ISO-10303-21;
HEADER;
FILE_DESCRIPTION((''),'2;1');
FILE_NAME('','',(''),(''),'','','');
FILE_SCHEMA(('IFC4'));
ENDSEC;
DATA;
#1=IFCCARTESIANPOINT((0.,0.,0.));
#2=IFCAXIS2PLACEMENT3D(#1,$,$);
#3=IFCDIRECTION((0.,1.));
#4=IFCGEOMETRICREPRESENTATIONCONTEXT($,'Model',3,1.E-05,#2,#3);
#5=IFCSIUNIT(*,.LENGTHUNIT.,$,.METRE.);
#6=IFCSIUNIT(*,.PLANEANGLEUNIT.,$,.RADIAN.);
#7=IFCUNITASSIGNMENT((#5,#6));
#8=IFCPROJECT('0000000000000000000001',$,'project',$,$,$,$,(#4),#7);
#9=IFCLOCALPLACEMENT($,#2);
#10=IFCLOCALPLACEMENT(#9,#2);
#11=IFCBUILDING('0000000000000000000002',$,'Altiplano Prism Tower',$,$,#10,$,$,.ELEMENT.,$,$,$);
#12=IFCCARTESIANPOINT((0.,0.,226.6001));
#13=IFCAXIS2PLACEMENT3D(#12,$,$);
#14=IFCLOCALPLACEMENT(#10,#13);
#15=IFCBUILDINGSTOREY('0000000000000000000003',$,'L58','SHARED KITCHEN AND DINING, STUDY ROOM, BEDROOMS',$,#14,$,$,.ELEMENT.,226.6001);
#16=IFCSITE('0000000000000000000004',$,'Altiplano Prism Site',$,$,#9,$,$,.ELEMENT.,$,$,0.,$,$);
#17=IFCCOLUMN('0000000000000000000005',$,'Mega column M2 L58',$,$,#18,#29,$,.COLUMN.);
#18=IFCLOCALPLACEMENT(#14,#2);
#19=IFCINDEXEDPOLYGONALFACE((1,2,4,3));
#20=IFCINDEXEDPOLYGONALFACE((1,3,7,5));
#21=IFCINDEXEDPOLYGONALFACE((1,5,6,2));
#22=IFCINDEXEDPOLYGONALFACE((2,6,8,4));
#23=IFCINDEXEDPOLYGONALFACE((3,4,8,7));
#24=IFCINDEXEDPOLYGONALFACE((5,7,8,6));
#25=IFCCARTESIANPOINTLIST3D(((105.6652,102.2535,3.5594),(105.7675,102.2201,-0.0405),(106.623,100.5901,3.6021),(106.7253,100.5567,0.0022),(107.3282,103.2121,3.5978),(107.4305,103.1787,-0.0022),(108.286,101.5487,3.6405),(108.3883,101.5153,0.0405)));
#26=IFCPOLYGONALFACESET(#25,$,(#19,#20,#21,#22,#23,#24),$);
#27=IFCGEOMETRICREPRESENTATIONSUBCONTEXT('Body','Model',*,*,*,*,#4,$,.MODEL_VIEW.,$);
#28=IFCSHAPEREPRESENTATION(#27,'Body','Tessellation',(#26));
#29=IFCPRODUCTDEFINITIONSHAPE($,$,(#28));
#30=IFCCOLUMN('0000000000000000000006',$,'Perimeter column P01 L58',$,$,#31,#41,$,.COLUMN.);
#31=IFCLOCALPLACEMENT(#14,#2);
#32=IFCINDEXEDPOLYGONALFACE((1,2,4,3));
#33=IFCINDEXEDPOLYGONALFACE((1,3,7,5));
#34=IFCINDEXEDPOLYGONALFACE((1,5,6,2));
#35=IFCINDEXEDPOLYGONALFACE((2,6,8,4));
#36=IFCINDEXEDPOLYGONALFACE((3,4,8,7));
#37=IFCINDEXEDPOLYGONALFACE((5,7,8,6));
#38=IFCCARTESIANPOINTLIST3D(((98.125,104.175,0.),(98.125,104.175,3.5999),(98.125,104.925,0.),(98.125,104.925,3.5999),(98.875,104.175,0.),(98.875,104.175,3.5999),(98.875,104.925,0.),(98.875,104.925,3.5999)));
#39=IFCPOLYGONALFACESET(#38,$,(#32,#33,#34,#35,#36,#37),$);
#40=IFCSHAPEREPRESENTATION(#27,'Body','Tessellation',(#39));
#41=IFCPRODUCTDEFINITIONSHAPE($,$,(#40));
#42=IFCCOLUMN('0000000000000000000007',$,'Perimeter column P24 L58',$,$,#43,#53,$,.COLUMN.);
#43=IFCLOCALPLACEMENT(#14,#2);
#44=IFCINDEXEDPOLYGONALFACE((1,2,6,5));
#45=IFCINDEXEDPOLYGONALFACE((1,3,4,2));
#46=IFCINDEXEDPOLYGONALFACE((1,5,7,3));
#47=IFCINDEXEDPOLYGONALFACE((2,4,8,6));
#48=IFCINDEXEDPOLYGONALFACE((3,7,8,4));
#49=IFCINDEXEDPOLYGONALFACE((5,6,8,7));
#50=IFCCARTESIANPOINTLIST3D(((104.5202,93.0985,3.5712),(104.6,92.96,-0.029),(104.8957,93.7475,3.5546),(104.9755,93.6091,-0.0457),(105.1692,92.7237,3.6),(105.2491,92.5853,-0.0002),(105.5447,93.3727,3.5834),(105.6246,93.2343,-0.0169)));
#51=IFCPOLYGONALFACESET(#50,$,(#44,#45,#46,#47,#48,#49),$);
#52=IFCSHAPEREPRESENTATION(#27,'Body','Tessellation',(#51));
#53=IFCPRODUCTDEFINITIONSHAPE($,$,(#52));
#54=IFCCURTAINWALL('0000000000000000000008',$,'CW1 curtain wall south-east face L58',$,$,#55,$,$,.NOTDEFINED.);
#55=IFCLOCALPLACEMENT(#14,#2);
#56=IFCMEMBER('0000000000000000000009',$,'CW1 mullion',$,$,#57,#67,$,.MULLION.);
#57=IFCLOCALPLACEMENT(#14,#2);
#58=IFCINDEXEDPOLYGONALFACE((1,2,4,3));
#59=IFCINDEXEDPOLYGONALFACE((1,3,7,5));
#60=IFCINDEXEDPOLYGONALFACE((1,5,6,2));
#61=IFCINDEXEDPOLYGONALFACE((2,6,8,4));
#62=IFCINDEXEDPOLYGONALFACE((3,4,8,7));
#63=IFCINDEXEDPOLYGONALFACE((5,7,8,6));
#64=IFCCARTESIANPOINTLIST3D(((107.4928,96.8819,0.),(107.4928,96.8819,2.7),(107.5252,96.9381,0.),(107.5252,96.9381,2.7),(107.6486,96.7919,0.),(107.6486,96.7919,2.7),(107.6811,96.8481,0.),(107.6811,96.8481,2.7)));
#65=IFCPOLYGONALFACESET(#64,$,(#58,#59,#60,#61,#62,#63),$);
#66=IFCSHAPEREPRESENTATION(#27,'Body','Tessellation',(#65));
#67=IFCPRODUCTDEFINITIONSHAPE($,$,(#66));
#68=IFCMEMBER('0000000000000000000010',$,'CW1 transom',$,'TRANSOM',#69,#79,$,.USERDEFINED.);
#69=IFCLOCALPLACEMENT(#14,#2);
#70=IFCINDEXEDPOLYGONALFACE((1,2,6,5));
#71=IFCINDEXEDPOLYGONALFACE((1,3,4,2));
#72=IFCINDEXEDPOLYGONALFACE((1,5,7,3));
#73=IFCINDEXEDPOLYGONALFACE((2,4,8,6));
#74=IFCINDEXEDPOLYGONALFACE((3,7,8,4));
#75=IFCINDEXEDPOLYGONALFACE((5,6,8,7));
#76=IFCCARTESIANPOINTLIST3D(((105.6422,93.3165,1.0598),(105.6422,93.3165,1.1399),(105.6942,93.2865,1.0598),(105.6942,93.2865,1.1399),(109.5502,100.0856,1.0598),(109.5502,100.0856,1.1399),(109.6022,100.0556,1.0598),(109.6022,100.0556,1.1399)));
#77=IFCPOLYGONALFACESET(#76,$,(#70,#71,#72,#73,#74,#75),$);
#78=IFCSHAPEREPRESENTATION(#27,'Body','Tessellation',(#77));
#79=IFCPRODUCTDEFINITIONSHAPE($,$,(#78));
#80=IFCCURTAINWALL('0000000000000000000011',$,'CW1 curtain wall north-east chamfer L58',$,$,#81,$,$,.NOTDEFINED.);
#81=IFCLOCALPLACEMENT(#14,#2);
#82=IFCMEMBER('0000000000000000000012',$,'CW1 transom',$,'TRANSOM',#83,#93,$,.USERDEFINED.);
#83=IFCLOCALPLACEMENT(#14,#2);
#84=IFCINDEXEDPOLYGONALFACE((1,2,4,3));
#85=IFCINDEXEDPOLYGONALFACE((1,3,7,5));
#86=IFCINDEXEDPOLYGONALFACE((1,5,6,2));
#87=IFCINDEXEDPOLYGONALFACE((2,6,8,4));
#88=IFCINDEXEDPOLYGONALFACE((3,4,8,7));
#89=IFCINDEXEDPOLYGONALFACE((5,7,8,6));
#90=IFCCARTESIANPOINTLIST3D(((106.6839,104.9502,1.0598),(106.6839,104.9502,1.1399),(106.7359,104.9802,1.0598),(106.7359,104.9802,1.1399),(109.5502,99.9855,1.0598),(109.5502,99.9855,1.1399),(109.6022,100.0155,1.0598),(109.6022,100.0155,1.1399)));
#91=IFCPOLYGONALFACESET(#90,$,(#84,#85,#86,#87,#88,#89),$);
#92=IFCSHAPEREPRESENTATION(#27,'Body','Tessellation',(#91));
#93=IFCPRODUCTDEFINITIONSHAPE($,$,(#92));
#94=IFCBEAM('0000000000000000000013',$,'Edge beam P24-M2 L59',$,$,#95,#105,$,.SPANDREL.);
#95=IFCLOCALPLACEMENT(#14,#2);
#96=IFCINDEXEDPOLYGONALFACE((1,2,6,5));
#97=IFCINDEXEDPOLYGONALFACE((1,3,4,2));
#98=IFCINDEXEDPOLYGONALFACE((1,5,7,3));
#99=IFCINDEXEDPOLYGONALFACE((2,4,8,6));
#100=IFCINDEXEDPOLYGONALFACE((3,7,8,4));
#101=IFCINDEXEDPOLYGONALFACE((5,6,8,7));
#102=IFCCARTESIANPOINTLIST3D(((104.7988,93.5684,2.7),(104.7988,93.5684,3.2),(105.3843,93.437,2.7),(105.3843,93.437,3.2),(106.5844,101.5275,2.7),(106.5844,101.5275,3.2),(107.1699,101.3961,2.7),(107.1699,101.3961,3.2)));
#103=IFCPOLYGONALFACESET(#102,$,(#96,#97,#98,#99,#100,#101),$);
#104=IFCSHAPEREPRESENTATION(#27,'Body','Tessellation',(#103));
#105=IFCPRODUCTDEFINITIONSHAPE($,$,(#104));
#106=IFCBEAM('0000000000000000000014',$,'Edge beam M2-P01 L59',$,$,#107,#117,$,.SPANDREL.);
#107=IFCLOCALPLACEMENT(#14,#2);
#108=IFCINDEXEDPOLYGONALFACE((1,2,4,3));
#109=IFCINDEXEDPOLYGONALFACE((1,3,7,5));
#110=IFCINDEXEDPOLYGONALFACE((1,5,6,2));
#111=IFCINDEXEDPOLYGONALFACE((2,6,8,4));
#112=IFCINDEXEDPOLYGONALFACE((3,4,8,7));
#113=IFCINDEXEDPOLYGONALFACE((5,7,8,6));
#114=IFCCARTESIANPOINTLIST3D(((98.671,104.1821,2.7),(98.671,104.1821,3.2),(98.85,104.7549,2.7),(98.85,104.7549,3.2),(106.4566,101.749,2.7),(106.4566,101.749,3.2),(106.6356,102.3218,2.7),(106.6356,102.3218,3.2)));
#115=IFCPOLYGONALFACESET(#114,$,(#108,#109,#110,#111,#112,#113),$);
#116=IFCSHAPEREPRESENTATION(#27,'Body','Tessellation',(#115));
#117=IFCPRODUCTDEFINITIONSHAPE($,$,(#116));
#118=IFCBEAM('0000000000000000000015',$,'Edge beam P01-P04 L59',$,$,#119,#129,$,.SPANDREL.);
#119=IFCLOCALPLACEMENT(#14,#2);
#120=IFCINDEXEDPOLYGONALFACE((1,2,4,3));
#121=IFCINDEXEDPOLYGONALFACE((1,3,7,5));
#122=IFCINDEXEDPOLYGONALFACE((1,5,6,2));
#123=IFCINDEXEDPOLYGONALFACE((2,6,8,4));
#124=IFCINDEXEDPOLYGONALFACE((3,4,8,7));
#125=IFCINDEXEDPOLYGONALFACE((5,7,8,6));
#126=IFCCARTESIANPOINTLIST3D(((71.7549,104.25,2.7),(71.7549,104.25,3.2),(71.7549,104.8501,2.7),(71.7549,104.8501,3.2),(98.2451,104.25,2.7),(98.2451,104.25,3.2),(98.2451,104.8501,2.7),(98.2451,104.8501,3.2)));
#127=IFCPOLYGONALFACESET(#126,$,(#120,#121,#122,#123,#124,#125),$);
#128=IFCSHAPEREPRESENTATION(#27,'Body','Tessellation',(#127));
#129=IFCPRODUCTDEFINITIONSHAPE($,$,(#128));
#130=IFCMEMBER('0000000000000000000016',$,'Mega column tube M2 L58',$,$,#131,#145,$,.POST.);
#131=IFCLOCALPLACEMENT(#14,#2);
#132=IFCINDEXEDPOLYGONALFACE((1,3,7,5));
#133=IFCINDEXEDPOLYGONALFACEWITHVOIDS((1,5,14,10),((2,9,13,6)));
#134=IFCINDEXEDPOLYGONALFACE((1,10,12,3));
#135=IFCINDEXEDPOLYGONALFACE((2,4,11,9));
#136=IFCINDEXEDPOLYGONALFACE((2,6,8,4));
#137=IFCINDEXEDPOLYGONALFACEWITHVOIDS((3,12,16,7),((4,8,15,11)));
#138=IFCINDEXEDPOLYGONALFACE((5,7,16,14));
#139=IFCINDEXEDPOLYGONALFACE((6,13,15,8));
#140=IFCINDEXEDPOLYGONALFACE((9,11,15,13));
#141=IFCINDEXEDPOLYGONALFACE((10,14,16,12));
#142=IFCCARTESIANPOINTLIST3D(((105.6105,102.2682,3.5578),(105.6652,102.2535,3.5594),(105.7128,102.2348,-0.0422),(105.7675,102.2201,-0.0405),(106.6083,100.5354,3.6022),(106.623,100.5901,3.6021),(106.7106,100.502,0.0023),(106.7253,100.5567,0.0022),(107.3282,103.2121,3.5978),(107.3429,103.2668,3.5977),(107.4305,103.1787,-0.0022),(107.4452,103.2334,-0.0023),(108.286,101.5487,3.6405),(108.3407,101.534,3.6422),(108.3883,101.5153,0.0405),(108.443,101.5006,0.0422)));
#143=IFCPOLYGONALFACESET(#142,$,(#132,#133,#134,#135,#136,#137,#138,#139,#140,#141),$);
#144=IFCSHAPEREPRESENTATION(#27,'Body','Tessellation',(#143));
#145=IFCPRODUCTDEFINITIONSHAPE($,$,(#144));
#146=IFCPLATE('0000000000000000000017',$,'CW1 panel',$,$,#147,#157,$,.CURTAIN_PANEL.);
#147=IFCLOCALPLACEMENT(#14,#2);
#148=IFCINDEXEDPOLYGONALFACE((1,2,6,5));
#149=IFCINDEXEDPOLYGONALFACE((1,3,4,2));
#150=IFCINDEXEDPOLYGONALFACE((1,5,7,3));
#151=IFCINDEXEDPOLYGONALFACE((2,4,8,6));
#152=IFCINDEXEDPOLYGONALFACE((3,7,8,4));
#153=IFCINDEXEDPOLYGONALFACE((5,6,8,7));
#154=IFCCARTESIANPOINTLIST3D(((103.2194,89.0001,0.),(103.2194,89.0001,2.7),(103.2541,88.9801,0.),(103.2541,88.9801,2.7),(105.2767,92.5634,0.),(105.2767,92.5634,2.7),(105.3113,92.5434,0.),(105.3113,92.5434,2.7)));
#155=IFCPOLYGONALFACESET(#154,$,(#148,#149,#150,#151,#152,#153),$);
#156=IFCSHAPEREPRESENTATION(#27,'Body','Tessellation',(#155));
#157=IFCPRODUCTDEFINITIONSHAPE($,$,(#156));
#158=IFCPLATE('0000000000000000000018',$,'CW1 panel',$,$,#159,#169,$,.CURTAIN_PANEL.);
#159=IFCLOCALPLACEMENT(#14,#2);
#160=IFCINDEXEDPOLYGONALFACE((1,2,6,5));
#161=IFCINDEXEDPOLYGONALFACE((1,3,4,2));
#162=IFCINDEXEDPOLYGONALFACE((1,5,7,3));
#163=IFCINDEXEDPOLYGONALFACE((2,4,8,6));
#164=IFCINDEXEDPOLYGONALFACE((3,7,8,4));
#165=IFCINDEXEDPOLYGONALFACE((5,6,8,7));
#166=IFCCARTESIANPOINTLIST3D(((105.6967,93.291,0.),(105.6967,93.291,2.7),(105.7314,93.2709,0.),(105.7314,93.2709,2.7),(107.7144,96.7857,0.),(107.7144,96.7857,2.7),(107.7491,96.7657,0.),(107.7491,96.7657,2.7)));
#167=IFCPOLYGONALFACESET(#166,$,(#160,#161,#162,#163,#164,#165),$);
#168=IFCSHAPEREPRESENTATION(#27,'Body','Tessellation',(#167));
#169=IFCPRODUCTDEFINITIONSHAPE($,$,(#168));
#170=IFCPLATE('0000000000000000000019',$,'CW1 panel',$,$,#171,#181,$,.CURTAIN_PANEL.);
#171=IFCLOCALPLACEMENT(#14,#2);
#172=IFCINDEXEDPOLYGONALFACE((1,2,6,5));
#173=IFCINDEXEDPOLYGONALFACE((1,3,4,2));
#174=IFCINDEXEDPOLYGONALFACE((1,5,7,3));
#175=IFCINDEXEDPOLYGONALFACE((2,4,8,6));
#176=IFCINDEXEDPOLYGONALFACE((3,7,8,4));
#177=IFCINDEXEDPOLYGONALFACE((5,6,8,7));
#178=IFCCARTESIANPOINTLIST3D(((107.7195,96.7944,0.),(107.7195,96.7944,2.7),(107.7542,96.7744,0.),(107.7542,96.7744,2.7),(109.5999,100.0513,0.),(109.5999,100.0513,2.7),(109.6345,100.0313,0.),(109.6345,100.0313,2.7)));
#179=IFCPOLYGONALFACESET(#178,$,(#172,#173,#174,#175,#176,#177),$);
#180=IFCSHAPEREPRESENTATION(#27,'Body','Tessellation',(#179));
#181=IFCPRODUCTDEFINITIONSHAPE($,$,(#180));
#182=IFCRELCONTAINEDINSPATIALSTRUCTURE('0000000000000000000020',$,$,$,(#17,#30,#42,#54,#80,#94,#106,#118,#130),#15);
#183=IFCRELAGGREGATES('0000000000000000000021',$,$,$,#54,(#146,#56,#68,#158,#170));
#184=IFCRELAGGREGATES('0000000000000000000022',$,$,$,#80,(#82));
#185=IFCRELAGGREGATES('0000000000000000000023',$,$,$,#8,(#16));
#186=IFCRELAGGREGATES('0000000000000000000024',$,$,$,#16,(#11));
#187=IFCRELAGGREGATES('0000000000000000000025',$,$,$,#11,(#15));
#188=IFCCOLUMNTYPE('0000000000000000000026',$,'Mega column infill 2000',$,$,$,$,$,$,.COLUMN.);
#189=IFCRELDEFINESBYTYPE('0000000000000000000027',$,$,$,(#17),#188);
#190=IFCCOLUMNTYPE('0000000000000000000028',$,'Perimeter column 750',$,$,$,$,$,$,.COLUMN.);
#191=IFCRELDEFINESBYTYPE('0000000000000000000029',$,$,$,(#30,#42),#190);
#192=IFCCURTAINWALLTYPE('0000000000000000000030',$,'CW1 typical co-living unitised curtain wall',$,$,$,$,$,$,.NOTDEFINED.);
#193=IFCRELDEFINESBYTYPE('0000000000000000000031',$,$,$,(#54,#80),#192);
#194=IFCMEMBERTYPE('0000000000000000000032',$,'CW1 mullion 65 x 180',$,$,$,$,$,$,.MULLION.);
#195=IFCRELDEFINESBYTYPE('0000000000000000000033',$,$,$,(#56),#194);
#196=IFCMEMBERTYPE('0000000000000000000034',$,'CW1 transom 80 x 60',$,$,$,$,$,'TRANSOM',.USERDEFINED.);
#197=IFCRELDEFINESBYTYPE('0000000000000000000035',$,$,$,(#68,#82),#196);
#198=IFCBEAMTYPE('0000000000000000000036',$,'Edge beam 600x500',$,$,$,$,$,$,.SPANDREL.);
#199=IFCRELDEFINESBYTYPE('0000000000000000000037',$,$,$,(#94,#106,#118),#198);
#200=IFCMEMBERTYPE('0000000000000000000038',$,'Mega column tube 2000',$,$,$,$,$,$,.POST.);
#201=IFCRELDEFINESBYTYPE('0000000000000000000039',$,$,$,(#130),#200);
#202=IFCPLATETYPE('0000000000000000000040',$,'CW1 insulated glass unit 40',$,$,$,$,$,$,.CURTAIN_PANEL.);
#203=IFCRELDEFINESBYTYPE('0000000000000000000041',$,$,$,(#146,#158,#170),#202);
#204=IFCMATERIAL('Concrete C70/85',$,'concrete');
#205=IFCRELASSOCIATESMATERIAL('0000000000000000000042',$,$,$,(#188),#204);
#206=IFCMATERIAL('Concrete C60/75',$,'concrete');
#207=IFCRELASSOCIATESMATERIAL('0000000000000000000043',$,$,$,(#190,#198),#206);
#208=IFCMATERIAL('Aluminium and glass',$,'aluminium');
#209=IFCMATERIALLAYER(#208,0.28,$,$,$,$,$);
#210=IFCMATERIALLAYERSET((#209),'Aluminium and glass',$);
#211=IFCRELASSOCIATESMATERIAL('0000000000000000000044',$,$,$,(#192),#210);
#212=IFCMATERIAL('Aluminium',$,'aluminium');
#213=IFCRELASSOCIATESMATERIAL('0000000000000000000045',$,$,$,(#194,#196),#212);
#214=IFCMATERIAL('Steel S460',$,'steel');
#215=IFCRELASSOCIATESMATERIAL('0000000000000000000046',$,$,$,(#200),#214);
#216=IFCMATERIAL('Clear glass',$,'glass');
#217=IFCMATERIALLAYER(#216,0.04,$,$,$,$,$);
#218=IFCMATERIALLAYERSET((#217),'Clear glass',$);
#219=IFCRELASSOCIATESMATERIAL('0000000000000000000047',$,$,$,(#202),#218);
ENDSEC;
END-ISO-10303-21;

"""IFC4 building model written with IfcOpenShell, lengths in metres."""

from ifc_helpers import new_model, si_unit, direction, frame, origin, origin_2d, place, context, subcontext, project, spatial, rectangle, hollow_rectangle, extrude, material, layer, layer_set, material_profile, profile_set, type_object, element, aggregate, save


model = new_model("IFC4")

# Units and contexts
model_context = context("Model", 3, precision=1e-05, world=origin(), true_north=direction((0.0, 1.0)))
body_context = subcontext(model_context, "Body", "Model", "MODEL_VIEW")
ifc_project = project(units=[si_unit("LENGTHUNIT", "METRE"), si_unit("PLANEANGLEUNIT", "RADIAN")], contexts=[model_context])

# Site, building, storey
site_placement = place(None, origin())
site = spatial("IfcSite", under=ifc_project, at=site_placement, Name="Altiplano Prism Site", CompositionType="ELEMENT", RefElevation=0.0)
building_placement = place(site_placement, origin())
building = spatial("IfcBuilding", under=site, at=building_placement, Name="Altiplano Prism Tower", CompositionType="ELEMENT")
storey_placement = place(building_placement, frame((0.0, 0.0, 226.6001)))
storey = spatial("IfcBuildingStorey", under=building, at=storey_placement, Name="L58", Description="SHARED KITCHEN AND DINING, STUDY ROOM, BEDROOMS", CompositionType="ELEMENT", Elevation=226.6001)

# Columns
ifc_material_1 = material(Name="Concrete C70/85", Category="concrete")
ifc_material_profile_1 = material_profile(ifc_material_1, rectangle(XDim=1.9199, YDim=1.9199, at=origin_2d()), Name="Mega column infill 2000")
ifc_profile_set_1 = profile_set([ifc_material_profile_1], Name="Concrete C70/85")
column_type_1 = type_object("IfcColumnType", Name="Mega column infill 2000", PredefinedType="COLUMN", material=ifc_profile_set_1)
column_1_placement = place(storey_placement, frame((107.0779, 101.8677, 0.0), z_axis=(-0.028404, 0.009287, 0.999553), x_axis=(0.498884, -0.866384, 0.022226)))
element("IfcColumn", 1, at=column_1_placement, inside=storey, type_object=column_type_1, Name="Mega column M2 L58", PredefinedType="COLUMN", context=body_context, shape_type="SweptSolid", body=[
    extrude(rectangle(XDim=1.9199, YDim=1.9199, at=origin_2d()), origin(), (0.0, 0.0, 1.0), 3.6016),
])
ifc_material_2 = material(Name="Concrete C60/75", Category="concrete")
ifc_material_profile_2 = material_profile(ifc_material_2, rectangle(XDim=0.75, YDim=0.75, at=origin_2d()), Name="Perimeter column 750")
ifc_profile_set_2 = profile_set([ifc_material_profile_2], Name="Concrete C60/75")
column_type_2 = type_object("IfcColumnType", Name="Perimeter column 750", PredefinedType="COLUMN", material=ifc_profile_set_2)
column_2_placement = place(storey_placement, frame((98.5, 104.55, 0.0), z_axis=(0.0, 0.0, 1.0), x_axis=(1.0, 0.0, 0.0)))
element("IfcColumn", 2, at=column_2_placement, inside=storey, type_object=column_type_2, Name="Perimeter column P01 L58", PredefinedType="COLUMN", context=body_context, shape_type="SweptSolid", body=[
    extrude(rectangle(XDim=0.75, YDim=0.75, at=origin_2d()), origin(), (0.0, 0.0, 1.0), 3.5999),
])
column_3_placement = place(storey_placement, frame((105.1123, 93.0972, -0.0229), z_axis=(-0.022154, 0.038413, 0.999016), x_axis=(-0.500657, -0.865362, 0.022172)))
element("IfcColumn", 3, at=column_3_placement, inside=storey, type_object=column_type_2, Name="Perimeter column P24 L58", PredefinedType="COLUMN", context=body_context, shape_type="SweptSolid", body=[
    extrude(rectangle(XDim=0.75, YDim=0.75, at=origin_2d()), origin(), (0.0, 0.0, 1.0), 3.6038),
])

# Curtain wall, members
ifc_material_3 = material(Name="Aluminium and glass", Category="aluminium")
ifc_layer_1 = layer(ifc_material_3, 0.28)
ifc_layer_set_1 = layer_set([ifc_layer_1], Name="Aluminium and glass")
curtain_wall_type = type_object("IfcCurtainWallType", Name="CW1 typical co-living unitised curtain wall", PredefinedType="NOTDEFINED", material=ifc_layer_set_1)
curtain_wall_1_placement = place(storey_placement, origin())
curtain_wall_1 = element("IfcCurtainWall", 4, at=curtain_wall_1_placement, inside=storey, type_object=curtain_wall_type, Name="CW1 curtain wall south-east face L58", PredefinedType="NOTDEFINED")
ifc_material_4 = material(Name="Aluminium", Category="aluminium")
ifc_material_profile_3 = material_profile(ifc_material_4, rectangle(XDim=0.1799, YDim=0.0649, at=origin_2d()), Name="CW1 mullion 65 x 180")
ifc_profile_set_3 = profile_set([ifc_material_profile_3], Name="Aluminium")
member_type_1 = type_object("IfcMemberType", Name="CW1 mullion 65 x 180", PredefinedType="MULLION", material=ifc_profile_set_3)
member_1_placement = place(storey_placement, frame((107.5869, 96.865, 0.0), z_axis=(0.0, 0.0, 1.0), x_axis=(-0.866025, 0.5, 0.0)))
member_1 = element("IfcMember", 5, at=member_1_placement, type_object=member_type_1, Name="CW1 mullion", PredefinedType="MULLION", context=body_context, shape_type="SweptSolid", body=[
    extrude(rectangle(XDim=0.1799, YDim=0.0649, at=origin_2d()), origin(), (0.0, 0.0, 1.0), 2.7),
])
ifc_material_profile_4 = material_profile(ifc_material_4, rectangle(XDim=0.0601, YDim=0.0801, at=origin_2d()), Name="CW1 transom 80 x 60")
ifc_profile_set_4 = profile_set([ifc_material_profile_4], Name="Aluminium")
member_type_2 = type_object("IfcMemberType", Name="CW1 transom 80 x 60", ElementType="TRANSOM", PredefinedType="USERDEFINED", material=ifc_profile_set_4)
member_2_placement = place(storey_placement, frame((105.6682, 93.3015, 1.0999), z_axis=(0.499986, 0.866034, 0.0), x_axis=(-0.866034, 0.499986, 0.0)))
member_2 = element("IfcMember", 6, at=member_2_placement, type_object=member_type_2, Name="CW1 transom", ObjectType="TRANSOM", PredefinedType="USERDEFINED", context=body_context, shape_type="SweptSolid", body=[
    extrude(rectangle(XDim=0.0601, YDim=0.0801, at=origin_2d()), origin(), (0.0, 0.0, 1.0), 7.8162),
])

# Curtain wall, member
curtain_wall_2_placement = place(storey_placement, origin())
curtain_wall_2 = element("IfcCurtainWall", 7, at=curtain_wall_2_placement, inside=storey, type_object=curtain_wall_type, Name="CW1 curtain wall north-east chamfer L58", PredefinedType="NOTDEFINED")
member_3_placement = place(storey_placement, frame((109.5762, 100.0005, 1.0999), z_axis=(-0.499987, 0.866033, 0.0), x_axis=(-0.866033, -0.499987, 0.0)))
member_3 = element("IfcMember", 8, at=member_3_placement, type_object=member_type_2, Name="CW1 transom", ObjectType="TRANSOM", PredefinedType="USERDEFINED", context=body_context, shape_type="SweptSolid", body=[
    extrude(rectangle(XDim=0.0601, YDim=0.0801, at=origin_2d()), origin(), (0.0, 0.0, 1.0), 5.7327),
])

# Beams
ifc_material_profile_5 = material_profile(ifc_material_2, rectangle(XDim=0.6001, YDim=0.5, at=origin_2d()), Name="Edge beam 600x500")
ifc_profile_set_5 = profile_set([ifc_material_profile_5], Name="Concrete C60/75")
beam_type = type_object("IfcBeamType", Name="Edge beam 600x500", PredefinedType="SPANDREL", material=ifc_profile_set_5)
for number, where, z_axis, x_axis, name in (
    (9, (105.0916, 93.5027, 2.95), (0.218908, 0.975746, 0.0), (-0.975746, 0.218908, 0.0), "Edge beam P24-M2 L59"),
    (10, (106.5461, 102.0354, 2.95), (-0.954477, 0.298285, 0.0), (-0.298285, -0.954477, 0.0), "Edge beam M2-P01 L59"),
):
    element("IfcBeam", number, at=place(storey_placement, frame(where, z_axis=z_axis, x_axis=x_axis)), inside=storey, type_object=beam_type, Name=name, PredefinedType="SPANDREL", context=body_context, shape_type="SweptSolid", body=[
        extrude(rectangle(XDim=0.6001, YDim=0.5, at=origin_2d()), origin(), (0.0, 0.0, 1.0), 8.157),
    ])
beam_placement = place(storey_placement, frame((98.2451, 104.55, 2.95), z_axis=(-1.0, 0.0, 0.0), x_axis=(0.0, -1.0, 0.0)))
element("IfcBeam", 11, at=beam_placement, inside=storey, type_object=beam_type, Name="Edge beam P01-P04 L59", PredefinedType="SPANDREL", context=body_context, shape_type="SweptSolid", body=[
    extrude(rectangle(XDim=0.6001, YDim=0.5, at=origin_2d()), origin(), (0.0, 0.0, 1.0), 26.4902),
])

# Member
ifc_material_5 = material(Name="Steel S460", Category="steel")
ifc_material_profile_6 = material_profile(ifc_material_5, hollow_rectangle(XDim=2.0, YDim=2.0, WallThickness=0.04, at=origin_2d()), Name="Mega column tube 2000")
ifc_profile_set_6 = profile_set([ifc_material_profile_6], Name="Steel S460")
member_type_3 = type_object("IfcMemberType", Name="Mega column tube 2000", PredefinedType="POST", material=ifc_profile_set_6)
member_4_placement = place(storey_placement, frame((107.0779, 101.8677, 0.0), z_axis=(-0.028404, 0.009287, 0.999553), x_axis=(0.498884, -0.866384, 0.022226)))
element("IfcMember", 12, at=member_4_placement, inside=storey, type_object=member_type_3, Name="Mega column tube M2 L58", PredefinedType="POST", context=body_context, shape_type="SweptSolid", body=[
    extrude(hollow_rectangle(XDim=2.0, YDim=2.0, WallThickness=0.04, at=origin_2d()), origin(), (0.0, 0.0, 1.0), 3.6016),
])

# Plates
ifc_material_6 = material(Name="Clear glass", Category="glass")
ifc_layer_2 = layer(ifc_material_6, 0.04)
ifc_layer_set_2 = layer_set([ifc_layer_2], Name="Clear glass")
plate_type = type_object("IfcPlateType", Name="CW1 insulated glass unit 40", PredefinedType="CURTAIN_PANEL", material=ifc_layer_set_2)
plate_1_placement = place(storey_placement, frame((104.2654, 90.7717, 0.0), z_axis=(0.0, 0.0, 1.0), x_axis=(0.5, 0.866025, 0.0)))
plate_1 = element("IfcPlate", 13, at=plate_1_placement, type_object=plate_type, Name="CW1 panel", PredefinedType="CURTAIN_PANEL", context=body_context, shape_type="SweptSolid", body=[
    extrude(rectangle(XDim=4.1145, YDim=0.04, at=origin_2d()), origin(), (0.0, 0.0, 1.0), 2.7),
])
plate_2_placement = place(storey_placement, frame((106.7229, 95.0283, 0.0), z_axis=(0.0, 0.0, 1.0), x_axis=(0.5, 0.866025, 0.0)))
plate_2 = element("IfcPlate", 14, at=plate_2_placement, type_object=plate_type, Name="CW1 panel", PredefinedType="CURTAIN_PANEL", context=body_context, shape_type="SweptSolid", body=[
    extrude(rectangle(XDim=4.0354, YDim=0.04, at=origin_2d()), origin(), (0.0, 0.0, 1.0), 2.7),
])
plate_3_placement = place(storey_placement, frame((108.677, 98.4128, 0.0), z_axis=(0.0, 0.0, 1.0), x_axis=(0.5, 0.866025, 0.0)))
plate_3 = element("IfcPlate", 15, at=plate_3_placement, type_object=plate_type, Name="CW1 panel", PredefinedType="CURTAIN_PANEL", context=body_context, shape_type="SweptSolid", body=[
    extrude(rectangle(XDim=3.7607, YDim=0.04, at=origin_2d()), origin(), (0.0, 0.0, 1.0), 2.7),
])
aggregate(curtain_wall_1, [plate_1, member_1, member_2, plate_2, plate_3])
aggregate(curtain_wall_2, [member_3])

save(model, "model.ifc")
